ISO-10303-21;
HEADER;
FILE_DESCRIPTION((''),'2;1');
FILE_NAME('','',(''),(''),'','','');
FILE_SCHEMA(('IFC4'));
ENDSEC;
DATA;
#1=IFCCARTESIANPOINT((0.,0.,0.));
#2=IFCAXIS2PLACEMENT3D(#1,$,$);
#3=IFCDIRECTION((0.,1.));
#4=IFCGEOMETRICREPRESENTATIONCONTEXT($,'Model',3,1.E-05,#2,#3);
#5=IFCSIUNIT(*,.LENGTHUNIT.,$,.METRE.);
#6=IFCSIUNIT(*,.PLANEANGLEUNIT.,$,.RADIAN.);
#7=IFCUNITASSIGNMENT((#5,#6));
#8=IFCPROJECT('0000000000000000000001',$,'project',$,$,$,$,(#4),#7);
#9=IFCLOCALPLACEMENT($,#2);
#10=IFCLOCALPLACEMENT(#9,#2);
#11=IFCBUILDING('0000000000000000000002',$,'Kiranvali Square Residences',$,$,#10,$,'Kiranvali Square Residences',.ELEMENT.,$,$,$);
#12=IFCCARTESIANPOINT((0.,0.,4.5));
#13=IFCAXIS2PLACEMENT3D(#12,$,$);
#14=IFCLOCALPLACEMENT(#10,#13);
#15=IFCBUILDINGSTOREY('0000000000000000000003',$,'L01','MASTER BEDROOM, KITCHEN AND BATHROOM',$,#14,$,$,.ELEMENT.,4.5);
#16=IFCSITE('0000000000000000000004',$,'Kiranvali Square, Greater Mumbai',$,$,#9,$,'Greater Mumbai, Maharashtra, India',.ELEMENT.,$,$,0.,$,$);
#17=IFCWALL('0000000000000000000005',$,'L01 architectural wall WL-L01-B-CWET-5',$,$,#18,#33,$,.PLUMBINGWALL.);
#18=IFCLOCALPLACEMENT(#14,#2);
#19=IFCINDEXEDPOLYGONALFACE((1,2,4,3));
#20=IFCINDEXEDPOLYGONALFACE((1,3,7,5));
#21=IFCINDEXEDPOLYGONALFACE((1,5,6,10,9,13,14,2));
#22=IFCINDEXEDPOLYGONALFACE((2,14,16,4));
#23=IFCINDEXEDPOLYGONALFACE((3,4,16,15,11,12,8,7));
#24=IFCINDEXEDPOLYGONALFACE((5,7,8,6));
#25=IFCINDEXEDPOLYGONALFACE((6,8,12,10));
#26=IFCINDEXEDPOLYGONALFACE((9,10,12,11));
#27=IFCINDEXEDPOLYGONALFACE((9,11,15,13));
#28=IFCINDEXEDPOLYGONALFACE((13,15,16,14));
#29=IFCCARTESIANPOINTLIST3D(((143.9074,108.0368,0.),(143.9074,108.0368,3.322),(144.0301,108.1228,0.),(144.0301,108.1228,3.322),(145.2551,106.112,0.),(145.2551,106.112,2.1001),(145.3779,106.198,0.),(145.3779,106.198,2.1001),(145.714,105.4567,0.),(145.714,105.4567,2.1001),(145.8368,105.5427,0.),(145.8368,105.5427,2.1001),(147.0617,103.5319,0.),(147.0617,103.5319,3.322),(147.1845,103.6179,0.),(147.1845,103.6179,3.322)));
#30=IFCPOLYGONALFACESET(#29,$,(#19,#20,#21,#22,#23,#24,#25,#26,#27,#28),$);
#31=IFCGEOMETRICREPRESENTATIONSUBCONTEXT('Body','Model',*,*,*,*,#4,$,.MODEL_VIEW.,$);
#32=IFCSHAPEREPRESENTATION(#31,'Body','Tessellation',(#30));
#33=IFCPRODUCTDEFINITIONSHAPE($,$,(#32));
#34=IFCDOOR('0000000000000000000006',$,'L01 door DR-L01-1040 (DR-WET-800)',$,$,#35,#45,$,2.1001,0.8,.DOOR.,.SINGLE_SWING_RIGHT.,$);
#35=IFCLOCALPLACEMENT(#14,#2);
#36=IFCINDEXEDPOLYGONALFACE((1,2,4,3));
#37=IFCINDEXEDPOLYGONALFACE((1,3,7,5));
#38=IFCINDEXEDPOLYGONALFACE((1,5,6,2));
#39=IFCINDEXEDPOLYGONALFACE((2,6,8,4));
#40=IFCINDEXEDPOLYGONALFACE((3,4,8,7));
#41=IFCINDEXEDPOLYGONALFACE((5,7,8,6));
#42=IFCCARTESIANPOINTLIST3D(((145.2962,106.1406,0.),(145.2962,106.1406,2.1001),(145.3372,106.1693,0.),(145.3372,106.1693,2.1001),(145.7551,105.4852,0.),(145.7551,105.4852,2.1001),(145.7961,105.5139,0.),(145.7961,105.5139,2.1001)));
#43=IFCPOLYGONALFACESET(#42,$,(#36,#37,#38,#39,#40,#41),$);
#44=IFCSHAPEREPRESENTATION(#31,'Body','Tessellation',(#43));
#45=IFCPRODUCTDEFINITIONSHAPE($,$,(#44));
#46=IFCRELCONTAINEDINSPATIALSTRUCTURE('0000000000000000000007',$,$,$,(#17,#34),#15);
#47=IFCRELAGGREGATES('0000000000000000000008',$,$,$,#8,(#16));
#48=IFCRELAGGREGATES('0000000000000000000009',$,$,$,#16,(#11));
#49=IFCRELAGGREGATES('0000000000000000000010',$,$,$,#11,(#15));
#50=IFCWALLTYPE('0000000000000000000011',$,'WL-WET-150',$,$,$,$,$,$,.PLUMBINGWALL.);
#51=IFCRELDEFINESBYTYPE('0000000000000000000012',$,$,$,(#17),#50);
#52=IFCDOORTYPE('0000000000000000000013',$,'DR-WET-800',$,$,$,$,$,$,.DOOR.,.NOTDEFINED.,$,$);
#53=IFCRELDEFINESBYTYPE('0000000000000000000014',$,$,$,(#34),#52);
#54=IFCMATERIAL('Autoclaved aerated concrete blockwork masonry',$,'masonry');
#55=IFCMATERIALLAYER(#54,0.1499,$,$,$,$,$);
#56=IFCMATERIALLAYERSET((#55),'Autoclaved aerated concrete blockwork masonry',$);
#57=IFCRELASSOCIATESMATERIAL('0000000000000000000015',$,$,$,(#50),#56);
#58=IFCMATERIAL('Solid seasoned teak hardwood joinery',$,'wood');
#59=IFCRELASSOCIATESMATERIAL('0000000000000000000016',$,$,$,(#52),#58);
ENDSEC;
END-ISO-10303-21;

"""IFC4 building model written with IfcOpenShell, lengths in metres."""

from ifc_helpers import new_model, si_unit, direction, frame, frame_2d, origin, place, context, subcontext, project, spatial, rectangle, extrude, material, layer, layer_set, type_object, element, fill, save


model = new_model("IFC4")

# Units and contexts
model_context = context("Model", 3, precision=1e-05, world=origin(), true_north=direction((0.0, 1.0)))
body_context = subcontext(model_context, "Body", "Model", "MODEL_VIEW")
ifc_project = project(units=[si_unit("LENGTHUNIT", "METRE"), si_unit("PLANEANGLEUNIT", "RADIAN")], contexts=[model_context])

# Site, building, storey
site_placement = place(None, origin())
site = spatial("IfcSite", under=ifc_project, at=site_placement, Name="Kiranvali Square, Greater Mumbai", LongName="Greater Mumbai, Maharashtra, India", CompositionType="ELEMENT", RefElevation=0.0)
building_placement = place(site_placement, origin())
building = spatial("IfcBuilding", under=site, at=building_placement, Name="Kiranvali Square Residences", LongName="Kiranvali Square Residences", CompositionType="ELEMENT")
storey_placement = place(building_placement, frame((0.0, 0.0, 4.5)))
storey = spatial("IfcBuildingStorey", under=building, at=storey_placement, Name="L01", Description="MASTER BEDROOM, KITCHEN AND BATHROOM", CompositionType="ELEMENT", Elevation=4.5)

# Wall, opening, door
ifc_material_1 = material(Name="Autoclaved aerated concrete blockwork masonry", Category="masonry")
ifc_layer_1 = layer(ifc_material_1, 0.1499)
ifc_layer_set_1 = layer_set([ifc_layer_1], Name="Autoclaved aerated concrete blockwork masonry")
wall_type = type_object("IfcWallType", Name="WL-WET-150", PredefinedType="PLUMBINGWALL", material=ifc_layer_set_1)
wall_placement = place(storey_placement, frame((143.9688, 108.0798, 0.0), z_axis=(0.0, 0.0, 1.0), x_axis=(0.57357, -0.819157, 0.0)))
wall = element("IfcWall", 1, at=wall_placement, inside=storey, type_object=wall_type, Name="L01 architectural wall WL-L01-B-CWET-5", PredefinedType="PLUMBINGWALL", context=body_context, shape_type="SweptSolid", body=[
    extrude(rectangle(XDim=5.4995, YDim=0.1499, at=frame_2d((2.7498, 0.0))), origin(), (0.0, 0.0, 1.0), 3.322),
])
opening_placement = place(wall_placement, frame((2.3499, 0.0, 0.0)))
opening = element("IfcOpeningElement", 2, at=opening_placement, cuts=wall, PredefinedType="OPENING", context=body_context, shape_type="SweptSolid", body=[
    extrude(rectangle(XDim=0.8, YDim=2.1001, at=frame_2d((0.3999, 1.05))), frame((0.0, 0.085, 0.0), z_axis=(0.0, -1.0, 0.0), x_axis=(1.0, 0.0, 0.0)), (0.0, 0.0, 1.0), 0.1699),
])
ifc_material_2 = material(Name="Solid seasoned teak hardwood joinery", Category="wood")
door_type = type_object("IfcDoorType", Name="DR-WET-800", OperationType="NOTDEFINED", PredefinedType="DOOR", material=ifc_material_2)
door_placement = place(opening_placement, frame((0.8, 0.0, 0.0), z_axis=(0.0, 0.0, 1.0), x_axis=(-1.0, 0.0, 0.0)))
door = element("IfcDoor", 3, at=door_placement, inside=storey, type_object=door_type, Name="L01 door DR-L01-1040 (DR-WET-800)", OperationType="SINGLE_SWING_RIGHT", OverallHeight=2.1001, OverallWidth=0.8, PredefinedType="DOOR", context=body_context, shape_type="SweptSolid", body=[
    extrude(rectangle(XDim=0.8, YDim=2.1001, at=frame_2d((0.3999, 1.05))), frame((0.0, 0.0249, 0.0), z_axis=(0.0, -1.0, 0.0), x_axis=(1.0, 0.0, 0.0)), (0.0, 0.0, 1.0), 0.05),
])
fill(opening, door)

save(model, "model.ifc")
